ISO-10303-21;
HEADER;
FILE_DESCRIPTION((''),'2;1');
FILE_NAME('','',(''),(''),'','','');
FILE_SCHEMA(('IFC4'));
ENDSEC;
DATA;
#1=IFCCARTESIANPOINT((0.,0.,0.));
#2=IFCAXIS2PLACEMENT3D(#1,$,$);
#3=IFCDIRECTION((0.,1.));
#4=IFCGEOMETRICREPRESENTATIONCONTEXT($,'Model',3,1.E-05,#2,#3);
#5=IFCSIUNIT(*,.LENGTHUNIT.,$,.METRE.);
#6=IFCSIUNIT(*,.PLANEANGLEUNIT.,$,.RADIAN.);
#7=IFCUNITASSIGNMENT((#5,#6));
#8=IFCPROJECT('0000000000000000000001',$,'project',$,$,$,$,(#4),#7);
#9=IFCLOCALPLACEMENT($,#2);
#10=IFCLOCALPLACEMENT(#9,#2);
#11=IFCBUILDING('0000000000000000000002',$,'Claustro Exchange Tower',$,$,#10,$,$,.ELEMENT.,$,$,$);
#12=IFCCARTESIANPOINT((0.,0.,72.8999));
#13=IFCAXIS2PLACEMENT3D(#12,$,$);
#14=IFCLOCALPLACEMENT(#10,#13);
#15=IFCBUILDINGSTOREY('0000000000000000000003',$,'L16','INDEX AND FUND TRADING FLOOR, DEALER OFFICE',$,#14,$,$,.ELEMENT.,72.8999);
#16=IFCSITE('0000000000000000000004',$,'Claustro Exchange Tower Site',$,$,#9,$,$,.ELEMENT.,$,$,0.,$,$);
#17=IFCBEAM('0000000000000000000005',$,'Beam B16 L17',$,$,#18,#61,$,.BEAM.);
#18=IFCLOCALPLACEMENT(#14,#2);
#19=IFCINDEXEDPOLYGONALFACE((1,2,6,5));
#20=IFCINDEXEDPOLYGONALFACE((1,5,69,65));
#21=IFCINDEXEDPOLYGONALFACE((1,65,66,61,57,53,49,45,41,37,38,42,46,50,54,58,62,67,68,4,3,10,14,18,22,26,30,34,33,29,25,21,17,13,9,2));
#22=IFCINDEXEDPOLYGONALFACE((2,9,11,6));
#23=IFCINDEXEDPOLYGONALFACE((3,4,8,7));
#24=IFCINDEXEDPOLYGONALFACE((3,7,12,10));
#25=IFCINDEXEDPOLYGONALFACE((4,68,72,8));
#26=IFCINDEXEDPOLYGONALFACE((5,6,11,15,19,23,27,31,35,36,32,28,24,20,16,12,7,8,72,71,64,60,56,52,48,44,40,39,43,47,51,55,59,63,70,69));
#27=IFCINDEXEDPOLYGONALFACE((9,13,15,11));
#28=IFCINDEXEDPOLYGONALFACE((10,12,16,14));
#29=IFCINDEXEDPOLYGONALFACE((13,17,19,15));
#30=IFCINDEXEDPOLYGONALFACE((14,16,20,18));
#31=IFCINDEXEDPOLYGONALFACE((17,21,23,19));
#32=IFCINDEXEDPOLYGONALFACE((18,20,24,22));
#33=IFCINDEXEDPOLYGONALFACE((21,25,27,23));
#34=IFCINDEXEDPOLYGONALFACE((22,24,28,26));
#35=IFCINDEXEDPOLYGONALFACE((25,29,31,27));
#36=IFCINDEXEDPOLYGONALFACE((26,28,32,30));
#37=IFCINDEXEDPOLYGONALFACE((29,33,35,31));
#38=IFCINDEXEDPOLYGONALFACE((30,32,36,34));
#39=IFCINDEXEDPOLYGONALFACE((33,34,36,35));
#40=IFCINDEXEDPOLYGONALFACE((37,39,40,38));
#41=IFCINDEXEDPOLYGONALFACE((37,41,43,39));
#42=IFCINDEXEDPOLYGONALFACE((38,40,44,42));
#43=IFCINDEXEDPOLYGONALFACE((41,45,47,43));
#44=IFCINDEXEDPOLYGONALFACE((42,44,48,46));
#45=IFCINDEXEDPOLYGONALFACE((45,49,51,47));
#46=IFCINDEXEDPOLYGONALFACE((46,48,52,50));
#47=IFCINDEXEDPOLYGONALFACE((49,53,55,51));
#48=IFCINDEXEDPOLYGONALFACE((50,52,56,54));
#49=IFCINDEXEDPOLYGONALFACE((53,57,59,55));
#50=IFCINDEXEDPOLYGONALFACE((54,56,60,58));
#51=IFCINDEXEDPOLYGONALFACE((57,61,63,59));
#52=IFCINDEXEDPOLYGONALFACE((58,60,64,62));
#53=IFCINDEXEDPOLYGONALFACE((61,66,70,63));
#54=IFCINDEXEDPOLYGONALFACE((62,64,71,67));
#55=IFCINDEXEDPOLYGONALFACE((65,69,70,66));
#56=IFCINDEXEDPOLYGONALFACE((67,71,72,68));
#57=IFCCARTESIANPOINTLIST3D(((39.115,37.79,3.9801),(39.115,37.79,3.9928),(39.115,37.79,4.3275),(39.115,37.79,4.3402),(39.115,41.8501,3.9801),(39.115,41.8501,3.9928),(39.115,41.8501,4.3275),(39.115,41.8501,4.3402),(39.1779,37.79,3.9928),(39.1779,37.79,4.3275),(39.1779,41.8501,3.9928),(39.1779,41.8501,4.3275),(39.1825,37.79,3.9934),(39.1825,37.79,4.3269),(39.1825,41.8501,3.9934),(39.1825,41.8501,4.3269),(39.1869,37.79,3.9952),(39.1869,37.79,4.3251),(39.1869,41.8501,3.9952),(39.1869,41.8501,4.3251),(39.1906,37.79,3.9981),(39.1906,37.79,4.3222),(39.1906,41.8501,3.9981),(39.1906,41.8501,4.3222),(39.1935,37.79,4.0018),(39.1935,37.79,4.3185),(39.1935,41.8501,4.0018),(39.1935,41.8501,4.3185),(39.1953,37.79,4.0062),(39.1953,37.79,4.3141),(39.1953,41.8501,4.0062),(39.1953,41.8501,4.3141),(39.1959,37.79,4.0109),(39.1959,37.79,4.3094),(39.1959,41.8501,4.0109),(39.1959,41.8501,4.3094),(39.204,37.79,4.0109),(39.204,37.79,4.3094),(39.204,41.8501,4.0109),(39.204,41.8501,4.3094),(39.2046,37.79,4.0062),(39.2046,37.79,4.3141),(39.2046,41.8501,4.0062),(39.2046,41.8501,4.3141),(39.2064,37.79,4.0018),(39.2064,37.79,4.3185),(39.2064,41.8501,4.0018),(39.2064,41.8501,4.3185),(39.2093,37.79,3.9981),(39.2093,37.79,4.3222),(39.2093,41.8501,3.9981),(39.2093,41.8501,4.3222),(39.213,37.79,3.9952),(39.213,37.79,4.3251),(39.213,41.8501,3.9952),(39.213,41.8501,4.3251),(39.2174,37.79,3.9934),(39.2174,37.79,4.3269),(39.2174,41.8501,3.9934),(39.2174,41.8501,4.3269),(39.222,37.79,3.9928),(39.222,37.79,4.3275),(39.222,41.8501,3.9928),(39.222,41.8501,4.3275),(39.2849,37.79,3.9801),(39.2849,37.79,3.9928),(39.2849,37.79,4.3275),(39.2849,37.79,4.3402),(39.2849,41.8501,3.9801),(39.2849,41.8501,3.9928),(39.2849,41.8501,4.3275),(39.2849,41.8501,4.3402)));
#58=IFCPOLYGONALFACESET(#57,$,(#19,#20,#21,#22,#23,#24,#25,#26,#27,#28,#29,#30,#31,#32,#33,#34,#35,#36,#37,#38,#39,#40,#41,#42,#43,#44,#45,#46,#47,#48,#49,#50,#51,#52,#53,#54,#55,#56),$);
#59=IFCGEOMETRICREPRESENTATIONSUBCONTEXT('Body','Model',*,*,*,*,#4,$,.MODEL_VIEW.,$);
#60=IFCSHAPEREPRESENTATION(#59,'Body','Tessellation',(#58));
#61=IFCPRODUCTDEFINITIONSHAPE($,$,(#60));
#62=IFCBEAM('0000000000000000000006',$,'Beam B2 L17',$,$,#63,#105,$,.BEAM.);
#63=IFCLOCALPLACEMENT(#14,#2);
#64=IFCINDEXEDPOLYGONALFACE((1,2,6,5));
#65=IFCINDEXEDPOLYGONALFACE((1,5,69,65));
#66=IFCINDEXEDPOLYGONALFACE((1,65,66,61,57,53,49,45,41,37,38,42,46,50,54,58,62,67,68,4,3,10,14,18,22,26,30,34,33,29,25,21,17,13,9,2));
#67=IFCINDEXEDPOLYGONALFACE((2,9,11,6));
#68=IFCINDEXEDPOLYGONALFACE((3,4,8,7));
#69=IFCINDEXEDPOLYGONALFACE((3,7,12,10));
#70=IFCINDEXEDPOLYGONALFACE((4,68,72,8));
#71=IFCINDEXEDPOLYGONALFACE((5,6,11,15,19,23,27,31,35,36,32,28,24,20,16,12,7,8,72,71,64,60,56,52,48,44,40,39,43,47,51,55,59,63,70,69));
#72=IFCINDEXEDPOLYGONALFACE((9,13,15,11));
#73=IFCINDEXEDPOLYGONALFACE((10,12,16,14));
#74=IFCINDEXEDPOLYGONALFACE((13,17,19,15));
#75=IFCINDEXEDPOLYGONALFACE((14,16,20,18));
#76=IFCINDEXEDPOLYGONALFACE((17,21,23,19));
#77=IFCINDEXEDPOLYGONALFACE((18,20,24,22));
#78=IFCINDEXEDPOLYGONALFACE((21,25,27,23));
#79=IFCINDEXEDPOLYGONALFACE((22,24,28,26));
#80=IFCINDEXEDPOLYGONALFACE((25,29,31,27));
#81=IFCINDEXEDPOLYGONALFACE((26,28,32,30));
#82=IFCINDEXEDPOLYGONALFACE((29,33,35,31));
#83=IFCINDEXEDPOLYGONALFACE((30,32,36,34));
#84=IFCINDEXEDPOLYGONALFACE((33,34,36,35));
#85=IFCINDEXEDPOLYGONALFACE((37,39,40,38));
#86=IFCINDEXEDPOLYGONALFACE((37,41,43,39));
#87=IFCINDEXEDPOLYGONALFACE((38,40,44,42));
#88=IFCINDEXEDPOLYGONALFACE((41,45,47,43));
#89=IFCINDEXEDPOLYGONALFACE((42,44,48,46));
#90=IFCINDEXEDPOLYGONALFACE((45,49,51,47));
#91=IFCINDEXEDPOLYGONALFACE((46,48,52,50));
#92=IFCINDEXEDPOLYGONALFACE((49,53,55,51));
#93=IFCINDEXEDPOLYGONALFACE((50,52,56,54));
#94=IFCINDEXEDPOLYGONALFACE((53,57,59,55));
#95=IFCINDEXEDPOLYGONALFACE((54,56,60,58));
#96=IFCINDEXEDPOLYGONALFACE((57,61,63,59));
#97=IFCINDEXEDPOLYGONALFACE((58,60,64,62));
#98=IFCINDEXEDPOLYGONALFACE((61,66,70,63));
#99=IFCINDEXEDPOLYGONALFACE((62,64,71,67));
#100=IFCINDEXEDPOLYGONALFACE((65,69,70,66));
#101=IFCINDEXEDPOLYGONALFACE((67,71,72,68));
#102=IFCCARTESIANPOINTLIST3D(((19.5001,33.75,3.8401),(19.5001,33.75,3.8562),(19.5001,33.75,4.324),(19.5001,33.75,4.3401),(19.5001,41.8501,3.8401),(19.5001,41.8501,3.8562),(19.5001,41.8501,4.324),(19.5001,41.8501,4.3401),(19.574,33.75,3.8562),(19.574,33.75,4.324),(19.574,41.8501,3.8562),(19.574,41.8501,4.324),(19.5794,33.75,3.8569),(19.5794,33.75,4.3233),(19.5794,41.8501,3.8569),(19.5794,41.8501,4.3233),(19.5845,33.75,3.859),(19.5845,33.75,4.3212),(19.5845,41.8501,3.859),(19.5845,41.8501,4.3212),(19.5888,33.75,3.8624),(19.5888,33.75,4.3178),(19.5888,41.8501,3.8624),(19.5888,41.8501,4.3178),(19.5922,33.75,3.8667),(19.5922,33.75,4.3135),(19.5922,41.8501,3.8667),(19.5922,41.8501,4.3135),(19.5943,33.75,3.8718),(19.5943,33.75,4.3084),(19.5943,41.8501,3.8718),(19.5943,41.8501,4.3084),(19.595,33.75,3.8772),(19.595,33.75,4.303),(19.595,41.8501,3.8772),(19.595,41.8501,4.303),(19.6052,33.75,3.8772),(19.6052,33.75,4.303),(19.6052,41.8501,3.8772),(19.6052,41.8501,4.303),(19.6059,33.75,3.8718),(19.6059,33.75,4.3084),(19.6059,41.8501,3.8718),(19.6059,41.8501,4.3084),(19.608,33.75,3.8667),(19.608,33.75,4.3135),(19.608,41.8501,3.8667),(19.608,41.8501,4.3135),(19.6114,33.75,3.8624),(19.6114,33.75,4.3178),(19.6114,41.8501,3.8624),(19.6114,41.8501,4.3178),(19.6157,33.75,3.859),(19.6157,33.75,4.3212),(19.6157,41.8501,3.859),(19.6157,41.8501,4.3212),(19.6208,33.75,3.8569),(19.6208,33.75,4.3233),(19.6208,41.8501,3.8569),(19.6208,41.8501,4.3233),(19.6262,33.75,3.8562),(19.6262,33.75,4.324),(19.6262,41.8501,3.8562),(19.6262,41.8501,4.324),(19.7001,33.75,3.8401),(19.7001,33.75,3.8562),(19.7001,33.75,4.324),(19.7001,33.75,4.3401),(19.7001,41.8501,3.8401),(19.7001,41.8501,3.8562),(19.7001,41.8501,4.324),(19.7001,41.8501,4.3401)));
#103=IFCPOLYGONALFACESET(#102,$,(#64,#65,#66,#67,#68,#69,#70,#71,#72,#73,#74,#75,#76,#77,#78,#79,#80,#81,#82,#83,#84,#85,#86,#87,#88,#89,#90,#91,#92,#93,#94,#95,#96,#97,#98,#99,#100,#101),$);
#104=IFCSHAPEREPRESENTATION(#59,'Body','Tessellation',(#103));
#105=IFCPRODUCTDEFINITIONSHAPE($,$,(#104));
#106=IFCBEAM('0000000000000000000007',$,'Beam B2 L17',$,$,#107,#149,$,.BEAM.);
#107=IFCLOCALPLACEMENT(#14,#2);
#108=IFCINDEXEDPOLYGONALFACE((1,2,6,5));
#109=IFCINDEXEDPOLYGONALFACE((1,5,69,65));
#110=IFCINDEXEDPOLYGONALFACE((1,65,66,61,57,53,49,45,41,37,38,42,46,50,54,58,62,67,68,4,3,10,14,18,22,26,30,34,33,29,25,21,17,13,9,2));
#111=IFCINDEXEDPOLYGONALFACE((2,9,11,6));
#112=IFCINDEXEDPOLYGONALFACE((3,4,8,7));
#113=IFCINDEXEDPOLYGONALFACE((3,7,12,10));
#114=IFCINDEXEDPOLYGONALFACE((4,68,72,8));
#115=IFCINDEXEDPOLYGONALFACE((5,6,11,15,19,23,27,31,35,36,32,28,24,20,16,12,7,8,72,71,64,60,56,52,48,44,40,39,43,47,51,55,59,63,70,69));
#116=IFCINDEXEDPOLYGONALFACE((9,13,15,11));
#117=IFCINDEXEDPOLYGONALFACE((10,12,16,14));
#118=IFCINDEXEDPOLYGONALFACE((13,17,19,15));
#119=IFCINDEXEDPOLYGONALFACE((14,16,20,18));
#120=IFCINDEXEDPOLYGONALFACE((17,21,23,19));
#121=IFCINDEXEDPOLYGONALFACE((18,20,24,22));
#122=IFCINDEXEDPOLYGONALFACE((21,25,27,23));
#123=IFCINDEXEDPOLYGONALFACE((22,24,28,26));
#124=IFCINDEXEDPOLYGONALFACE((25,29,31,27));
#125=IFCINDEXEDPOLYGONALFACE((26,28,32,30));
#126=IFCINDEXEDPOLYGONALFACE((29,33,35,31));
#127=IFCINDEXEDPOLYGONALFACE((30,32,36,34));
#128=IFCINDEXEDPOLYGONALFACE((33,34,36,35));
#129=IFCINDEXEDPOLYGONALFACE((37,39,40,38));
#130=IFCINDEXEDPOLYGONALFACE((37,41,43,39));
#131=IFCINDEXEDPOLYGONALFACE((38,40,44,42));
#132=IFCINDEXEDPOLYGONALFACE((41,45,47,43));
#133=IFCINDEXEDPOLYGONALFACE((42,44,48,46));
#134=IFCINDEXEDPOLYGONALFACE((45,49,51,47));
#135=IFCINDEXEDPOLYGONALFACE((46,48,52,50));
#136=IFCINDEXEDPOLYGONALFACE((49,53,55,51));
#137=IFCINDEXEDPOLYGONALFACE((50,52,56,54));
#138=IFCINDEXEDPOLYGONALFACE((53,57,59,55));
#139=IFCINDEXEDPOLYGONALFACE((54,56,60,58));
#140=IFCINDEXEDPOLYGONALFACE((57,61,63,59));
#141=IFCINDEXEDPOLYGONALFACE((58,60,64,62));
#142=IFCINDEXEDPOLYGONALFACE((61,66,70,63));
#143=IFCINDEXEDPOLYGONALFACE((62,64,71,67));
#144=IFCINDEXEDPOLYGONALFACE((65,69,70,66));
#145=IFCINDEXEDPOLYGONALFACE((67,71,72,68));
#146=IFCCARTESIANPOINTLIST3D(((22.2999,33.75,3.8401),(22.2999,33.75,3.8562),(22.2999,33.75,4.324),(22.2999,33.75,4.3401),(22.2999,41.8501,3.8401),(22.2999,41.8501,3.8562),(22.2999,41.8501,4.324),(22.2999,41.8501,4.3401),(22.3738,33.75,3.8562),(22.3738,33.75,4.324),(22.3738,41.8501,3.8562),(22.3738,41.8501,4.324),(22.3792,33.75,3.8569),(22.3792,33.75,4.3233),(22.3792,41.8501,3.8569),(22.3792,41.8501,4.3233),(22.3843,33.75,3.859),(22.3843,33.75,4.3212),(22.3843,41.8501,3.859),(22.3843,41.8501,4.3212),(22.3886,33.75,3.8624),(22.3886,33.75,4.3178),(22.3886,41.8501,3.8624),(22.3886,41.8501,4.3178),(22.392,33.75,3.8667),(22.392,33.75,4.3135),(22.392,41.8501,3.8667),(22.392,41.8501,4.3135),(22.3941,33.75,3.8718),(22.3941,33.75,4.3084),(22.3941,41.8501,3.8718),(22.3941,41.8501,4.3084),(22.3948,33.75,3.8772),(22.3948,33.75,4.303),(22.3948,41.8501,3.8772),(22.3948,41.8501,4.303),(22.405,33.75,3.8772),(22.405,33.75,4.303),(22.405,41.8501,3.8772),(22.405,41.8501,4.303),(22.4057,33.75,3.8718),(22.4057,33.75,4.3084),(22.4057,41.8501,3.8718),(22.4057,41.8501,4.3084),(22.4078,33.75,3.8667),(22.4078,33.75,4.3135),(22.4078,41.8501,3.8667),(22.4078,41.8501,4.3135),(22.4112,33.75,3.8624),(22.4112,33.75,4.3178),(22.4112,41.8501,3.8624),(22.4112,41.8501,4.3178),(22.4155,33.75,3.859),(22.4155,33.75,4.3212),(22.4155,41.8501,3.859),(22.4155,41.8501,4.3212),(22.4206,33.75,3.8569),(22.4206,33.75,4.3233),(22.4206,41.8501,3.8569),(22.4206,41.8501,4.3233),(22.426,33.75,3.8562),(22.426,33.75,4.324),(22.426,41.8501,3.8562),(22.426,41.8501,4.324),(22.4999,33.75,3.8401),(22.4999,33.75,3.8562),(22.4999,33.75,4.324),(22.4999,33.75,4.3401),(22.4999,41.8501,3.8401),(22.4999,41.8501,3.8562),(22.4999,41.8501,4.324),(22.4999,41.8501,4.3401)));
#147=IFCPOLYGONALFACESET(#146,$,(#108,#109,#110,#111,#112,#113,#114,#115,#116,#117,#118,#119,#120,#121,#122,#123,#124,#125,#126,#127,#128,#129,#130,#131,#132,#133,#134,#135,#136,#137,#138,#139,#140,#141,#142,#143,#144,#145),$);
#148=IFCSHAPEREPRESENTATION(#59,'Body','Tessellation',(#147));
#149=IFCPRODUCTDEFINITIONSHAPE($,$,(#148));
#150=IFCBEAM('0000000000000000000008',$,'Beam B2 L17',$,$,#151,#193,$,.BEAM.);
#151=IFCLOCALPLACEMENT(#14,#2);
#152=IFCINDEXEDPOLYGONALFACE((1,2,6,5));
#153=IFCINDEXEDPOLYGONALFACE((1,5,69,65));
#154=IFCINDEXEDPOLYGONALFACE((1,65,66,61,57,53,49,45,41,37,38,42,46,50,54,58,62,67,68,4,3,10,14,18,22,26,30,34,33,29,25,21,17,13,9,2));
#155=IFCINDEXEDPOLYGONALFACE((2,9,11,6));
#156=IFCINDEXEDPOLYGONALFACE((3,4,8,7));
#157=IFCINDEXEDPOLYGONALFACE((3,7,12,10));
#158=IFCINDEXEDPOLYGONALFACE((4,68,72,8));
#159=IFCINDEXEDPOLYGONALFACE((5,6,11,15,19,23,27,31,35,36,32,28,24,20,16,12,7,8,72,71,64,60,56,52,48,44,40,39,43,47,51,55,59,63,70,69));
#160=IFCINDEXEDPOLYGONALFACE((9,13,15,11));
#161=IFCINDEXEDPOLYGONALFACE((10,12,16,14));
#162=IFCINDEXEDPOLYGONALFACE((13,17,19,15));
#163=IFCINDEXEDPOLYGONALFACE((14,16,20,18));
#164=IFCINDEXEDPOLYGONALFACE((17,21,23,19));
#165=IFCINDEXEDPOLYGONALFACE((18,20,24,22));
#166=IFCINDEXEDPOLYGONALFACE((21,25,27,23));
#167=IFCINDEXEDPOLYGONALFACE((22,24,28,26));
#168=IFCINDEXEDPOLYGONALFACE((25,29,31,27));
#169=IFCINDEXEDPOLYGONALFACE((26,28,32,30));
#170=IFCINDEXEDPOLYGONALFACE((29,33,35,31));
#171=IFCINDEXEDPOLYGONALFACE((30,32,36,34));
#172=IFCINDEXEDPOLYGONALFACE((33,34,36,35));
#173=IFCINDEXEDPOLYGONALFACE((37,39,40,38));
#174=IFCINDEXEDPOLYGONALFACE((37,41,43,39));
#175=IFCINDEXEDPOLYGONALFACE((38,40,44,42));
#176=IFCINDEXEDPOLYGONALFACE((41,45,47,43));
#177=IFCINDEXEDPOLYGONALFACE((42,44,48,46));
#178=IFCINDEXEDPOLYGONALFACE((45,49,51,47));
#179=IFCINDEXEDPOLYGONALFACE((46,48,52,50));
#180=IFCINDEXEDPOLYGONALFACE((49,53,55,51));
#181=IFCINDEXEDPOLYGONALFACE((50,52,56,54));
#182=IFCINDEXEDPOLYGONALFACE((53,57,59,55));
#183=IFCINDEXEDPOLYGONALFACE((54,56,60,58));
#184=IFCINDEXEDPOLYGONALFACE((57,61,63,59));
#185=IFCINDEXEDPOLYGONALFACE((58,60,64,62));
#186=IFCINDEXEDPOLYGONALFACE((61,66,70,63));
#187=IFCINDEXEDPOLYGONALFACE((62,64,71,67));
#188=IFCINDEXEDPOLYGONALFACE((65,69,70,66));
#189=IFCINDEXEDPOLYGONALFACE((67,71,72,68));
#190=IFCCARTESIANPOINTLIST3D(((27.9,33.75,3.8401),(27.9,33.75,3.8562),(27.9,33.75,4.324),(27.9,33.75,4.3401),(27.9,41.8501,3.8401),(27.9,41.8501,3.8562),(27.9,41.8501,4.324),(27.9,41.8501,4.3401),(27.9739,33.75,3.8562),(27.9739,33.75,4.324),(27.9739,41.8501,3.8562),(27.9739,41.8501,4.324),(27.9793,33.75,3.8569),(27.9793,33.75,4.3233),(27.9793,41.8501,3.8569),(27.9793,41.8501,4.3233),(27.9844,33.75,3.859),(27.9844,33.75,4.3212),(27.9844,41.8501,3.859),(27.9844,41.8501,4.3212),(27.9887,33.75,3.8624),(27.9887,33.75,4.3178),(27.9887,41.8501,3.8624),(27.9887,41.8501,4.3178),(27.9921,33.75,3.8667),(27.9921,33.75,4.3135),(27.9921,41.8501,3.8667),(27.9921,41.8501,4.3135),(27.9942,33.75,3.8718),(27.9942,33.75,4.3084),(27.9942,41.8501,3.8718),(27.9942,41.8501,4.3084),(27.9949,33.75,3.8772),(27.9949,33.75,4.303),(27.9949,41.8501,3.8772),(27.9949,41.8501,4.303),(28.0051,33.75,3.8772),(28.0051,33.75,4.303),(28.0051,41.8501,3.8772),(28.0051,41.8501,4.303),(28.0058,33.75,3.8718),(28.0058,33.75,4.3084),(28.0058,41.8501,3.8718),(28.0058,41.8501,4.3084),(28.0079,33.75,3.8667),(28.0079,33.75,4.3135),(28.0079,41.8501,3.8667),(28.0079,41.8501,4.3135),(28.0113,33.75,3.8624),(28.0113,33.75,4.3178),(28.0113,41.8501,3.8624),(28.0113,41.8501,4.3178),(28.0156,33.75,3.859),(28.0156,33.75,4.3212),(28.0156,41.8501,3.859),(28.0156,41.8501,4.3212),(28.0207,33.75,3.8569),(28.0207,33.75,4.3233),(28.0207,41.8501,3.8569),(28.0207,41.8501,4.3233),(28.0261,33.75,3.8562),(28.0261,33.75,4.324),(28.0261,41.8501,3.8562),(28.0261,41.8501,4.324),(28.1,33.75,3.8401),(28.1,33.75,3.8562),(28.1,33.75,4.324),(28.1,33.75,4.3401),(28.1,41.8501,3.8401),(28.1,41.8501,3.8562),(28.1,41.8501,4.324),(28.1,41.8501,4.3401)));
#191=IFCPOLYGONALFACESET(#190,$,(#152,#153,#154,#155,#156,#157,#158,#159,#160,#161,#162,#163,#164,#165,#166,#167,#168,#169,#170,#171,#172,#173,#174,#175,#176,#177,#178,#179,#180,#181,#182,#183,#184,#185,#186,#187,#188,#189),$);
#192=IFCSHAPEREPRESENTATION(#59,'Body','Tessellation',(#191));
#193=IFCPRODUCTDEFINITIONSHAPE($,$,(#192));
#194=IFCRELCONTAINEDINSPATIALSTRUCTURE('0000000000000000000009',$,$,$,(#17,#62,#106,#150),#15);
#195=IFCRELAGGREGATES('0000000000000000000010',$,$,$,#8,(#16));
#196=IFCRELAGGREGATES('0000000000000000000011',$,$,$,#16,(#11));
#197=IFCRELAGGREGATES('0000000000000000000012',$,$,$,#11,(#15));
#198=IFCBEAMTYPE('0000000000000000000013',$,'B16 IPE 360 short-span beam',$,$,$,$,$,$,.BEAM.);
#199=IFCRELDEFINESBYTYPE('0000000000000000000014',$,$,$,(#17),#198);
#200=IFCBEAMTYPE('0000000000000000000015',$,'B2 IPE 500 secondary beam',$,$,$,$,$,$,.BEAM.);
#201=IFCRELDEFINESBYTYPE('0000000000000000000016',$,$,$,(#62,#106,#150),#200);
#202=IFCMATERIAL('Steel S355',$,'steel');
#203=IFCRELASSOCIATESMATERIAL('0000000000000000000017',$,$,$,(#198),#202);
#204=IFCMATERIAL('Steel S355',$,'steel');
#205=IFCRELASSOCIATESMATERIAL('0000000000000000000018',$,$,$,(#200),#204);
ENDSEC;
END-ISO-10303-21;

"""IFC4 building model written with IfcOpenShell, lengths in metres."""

from ifc_helpers import new_model, si_unit, direction, frame, origin, origin_2d, place, context, subcontext, project, spatial, i_section, extrude, material, material_profile, profile_set, type_object, element, save


model = new_model("IFC4")

# Units and contexts
model_context = context("Model", 3, precision=1e-05, world=origin(), true_north=direction((0.0, 1.0)))
body_context = subcontext(model_context, "Body", "Model", "MODEL_VIEW")
ifc_project = project(units=[si_unit("LENGTHUNIT", "METRE"), si_unit("PLANEANGLEUNIT", "RADIAN")], contexts=[model_context])

# Site, building, storey
site_placement = place(None, origin())
site = spatial("IfcSite", under=ifc_project, at=site_placement, Name="Claustro Exchange Tower Site", CompositionType="ELEMENT", RefElevation=0.0)
building_placement = place(site_placement, origin())
building = spatial("IfcBuilding", under=site, at=building_placement, Name="Claustro Exchange Tower", CompositionType="ELEMENT")
storey_placement = place(building_placement, frame((0.0, 0.0, 72.8999)))
storey = spatial("IfcBuildingStorey", under=building, at=storey_placement, Name="L16", Description="INDEX AND FUND TRADING FLOOR, DEALER OFFICE", CompositionType="ELEMENT", Elevation=72.8999)

# Beams
ifc_material_1 = material(Name="Steel S355", Category="steel")
ifc_material_profile_1 = material_profile(ifc_material_1, i_section(OverallWidth=0.1699, OverallDepth=0.3601, WebThickness=0.0081, FlangeThickness=0.0127, FilletRadius=0.0181, at=origin_2d()), Name="IPE 360")
ifc_profile_set_1 = profile_set([ifc_material_profile_1], Name="Steel S355")
beam_type_1 = type_object("IfcBeamType", Name="B16 IPE 360 short-span beam", PredefinedType="BEAM", material=ifc_profile_set_1)
for number, where, z_axis, x_axis, name in (
    (1, (39.2, 37.79, 4.1602), (0.0, 1.0, 0.0), (-1.0, 0.0, 0.0), "Beam B16 L17"),
):
    element("IfcBeam", number, at=place(storey_placement, frame(where, z_axis=z_axis, x_axis=x_axis)), inside=storey, type_object=beam_type_1, Name=name, PredefinedType="BEAM", context=body_context, shape_type="SweptSolid", body=[
        extrude(i_section(OverallWidth=0.1699, OverallDepth=0.3601, WebThickness=0.0081, FlangeThickness=0.0127, FilletRadius=0.0181, at=origin_2d()), origin(), (0.0, 0.0, 1.0), 4.0601),
    ])
ifc_material_2 = material(Name="Steel S355", Category="steel")
ifc_material_profile_2 = material_profile(ifc_material_2, i_section(OverallWidth=0.2, OverallDepth=0.5, WebThickness=0.0103, FlangeThickness=0.0161, FilletRadius=0.021, at=origin_2d()), Name="IPE 500")
ifc_profile_set_2 = profile_set([ifc_material_profile_2], Name="Steel S355")
beam_type_2 = type_object("IfcBeamType", Name="B2 IPE 500 secondary beam", PredefinedType="BEAM", material=ifc_profile_set_2)
for number, where, z_axis, x_axis, name in (
    (2, (19.6001, 33.75, 4.0901), (0.0, 1.0, 0.0), (-1.0, 0.0, 0.0), "Beam B2 L17"),
    (3, (22.3999, 33.75, 4.0901), (0.0, 1.0, 0.0), (-1.0, 0.0, 0.0), "Beam B2 L17"),
    (4, (28.0, 33.75, 4.0901), (0.0, 1.0, 0.0), (-1.0, 0.0, 0.0), "Beam B2 L17"),
):
    element("IfcBeam", number, at=place(storey_placement, frame(where, z_axis=z_axis, x_axis=x_axis)), inside=storey, type_object=beam_type_2, Name=name, PredefinedType="BEAM", context=body_context, shape_type="SweptSolid", body=[
        extrude(i_section(OverallWidth=0.2, OverallDepth=0.5, WebThickness=0.0103, FlangeThickness=0.0161, FilletRadius=0.021, at=origin_2d()), origin(), (0.0, 0.0, 1.0), 8.1001),
    ])

save(model, "model.ifc")
